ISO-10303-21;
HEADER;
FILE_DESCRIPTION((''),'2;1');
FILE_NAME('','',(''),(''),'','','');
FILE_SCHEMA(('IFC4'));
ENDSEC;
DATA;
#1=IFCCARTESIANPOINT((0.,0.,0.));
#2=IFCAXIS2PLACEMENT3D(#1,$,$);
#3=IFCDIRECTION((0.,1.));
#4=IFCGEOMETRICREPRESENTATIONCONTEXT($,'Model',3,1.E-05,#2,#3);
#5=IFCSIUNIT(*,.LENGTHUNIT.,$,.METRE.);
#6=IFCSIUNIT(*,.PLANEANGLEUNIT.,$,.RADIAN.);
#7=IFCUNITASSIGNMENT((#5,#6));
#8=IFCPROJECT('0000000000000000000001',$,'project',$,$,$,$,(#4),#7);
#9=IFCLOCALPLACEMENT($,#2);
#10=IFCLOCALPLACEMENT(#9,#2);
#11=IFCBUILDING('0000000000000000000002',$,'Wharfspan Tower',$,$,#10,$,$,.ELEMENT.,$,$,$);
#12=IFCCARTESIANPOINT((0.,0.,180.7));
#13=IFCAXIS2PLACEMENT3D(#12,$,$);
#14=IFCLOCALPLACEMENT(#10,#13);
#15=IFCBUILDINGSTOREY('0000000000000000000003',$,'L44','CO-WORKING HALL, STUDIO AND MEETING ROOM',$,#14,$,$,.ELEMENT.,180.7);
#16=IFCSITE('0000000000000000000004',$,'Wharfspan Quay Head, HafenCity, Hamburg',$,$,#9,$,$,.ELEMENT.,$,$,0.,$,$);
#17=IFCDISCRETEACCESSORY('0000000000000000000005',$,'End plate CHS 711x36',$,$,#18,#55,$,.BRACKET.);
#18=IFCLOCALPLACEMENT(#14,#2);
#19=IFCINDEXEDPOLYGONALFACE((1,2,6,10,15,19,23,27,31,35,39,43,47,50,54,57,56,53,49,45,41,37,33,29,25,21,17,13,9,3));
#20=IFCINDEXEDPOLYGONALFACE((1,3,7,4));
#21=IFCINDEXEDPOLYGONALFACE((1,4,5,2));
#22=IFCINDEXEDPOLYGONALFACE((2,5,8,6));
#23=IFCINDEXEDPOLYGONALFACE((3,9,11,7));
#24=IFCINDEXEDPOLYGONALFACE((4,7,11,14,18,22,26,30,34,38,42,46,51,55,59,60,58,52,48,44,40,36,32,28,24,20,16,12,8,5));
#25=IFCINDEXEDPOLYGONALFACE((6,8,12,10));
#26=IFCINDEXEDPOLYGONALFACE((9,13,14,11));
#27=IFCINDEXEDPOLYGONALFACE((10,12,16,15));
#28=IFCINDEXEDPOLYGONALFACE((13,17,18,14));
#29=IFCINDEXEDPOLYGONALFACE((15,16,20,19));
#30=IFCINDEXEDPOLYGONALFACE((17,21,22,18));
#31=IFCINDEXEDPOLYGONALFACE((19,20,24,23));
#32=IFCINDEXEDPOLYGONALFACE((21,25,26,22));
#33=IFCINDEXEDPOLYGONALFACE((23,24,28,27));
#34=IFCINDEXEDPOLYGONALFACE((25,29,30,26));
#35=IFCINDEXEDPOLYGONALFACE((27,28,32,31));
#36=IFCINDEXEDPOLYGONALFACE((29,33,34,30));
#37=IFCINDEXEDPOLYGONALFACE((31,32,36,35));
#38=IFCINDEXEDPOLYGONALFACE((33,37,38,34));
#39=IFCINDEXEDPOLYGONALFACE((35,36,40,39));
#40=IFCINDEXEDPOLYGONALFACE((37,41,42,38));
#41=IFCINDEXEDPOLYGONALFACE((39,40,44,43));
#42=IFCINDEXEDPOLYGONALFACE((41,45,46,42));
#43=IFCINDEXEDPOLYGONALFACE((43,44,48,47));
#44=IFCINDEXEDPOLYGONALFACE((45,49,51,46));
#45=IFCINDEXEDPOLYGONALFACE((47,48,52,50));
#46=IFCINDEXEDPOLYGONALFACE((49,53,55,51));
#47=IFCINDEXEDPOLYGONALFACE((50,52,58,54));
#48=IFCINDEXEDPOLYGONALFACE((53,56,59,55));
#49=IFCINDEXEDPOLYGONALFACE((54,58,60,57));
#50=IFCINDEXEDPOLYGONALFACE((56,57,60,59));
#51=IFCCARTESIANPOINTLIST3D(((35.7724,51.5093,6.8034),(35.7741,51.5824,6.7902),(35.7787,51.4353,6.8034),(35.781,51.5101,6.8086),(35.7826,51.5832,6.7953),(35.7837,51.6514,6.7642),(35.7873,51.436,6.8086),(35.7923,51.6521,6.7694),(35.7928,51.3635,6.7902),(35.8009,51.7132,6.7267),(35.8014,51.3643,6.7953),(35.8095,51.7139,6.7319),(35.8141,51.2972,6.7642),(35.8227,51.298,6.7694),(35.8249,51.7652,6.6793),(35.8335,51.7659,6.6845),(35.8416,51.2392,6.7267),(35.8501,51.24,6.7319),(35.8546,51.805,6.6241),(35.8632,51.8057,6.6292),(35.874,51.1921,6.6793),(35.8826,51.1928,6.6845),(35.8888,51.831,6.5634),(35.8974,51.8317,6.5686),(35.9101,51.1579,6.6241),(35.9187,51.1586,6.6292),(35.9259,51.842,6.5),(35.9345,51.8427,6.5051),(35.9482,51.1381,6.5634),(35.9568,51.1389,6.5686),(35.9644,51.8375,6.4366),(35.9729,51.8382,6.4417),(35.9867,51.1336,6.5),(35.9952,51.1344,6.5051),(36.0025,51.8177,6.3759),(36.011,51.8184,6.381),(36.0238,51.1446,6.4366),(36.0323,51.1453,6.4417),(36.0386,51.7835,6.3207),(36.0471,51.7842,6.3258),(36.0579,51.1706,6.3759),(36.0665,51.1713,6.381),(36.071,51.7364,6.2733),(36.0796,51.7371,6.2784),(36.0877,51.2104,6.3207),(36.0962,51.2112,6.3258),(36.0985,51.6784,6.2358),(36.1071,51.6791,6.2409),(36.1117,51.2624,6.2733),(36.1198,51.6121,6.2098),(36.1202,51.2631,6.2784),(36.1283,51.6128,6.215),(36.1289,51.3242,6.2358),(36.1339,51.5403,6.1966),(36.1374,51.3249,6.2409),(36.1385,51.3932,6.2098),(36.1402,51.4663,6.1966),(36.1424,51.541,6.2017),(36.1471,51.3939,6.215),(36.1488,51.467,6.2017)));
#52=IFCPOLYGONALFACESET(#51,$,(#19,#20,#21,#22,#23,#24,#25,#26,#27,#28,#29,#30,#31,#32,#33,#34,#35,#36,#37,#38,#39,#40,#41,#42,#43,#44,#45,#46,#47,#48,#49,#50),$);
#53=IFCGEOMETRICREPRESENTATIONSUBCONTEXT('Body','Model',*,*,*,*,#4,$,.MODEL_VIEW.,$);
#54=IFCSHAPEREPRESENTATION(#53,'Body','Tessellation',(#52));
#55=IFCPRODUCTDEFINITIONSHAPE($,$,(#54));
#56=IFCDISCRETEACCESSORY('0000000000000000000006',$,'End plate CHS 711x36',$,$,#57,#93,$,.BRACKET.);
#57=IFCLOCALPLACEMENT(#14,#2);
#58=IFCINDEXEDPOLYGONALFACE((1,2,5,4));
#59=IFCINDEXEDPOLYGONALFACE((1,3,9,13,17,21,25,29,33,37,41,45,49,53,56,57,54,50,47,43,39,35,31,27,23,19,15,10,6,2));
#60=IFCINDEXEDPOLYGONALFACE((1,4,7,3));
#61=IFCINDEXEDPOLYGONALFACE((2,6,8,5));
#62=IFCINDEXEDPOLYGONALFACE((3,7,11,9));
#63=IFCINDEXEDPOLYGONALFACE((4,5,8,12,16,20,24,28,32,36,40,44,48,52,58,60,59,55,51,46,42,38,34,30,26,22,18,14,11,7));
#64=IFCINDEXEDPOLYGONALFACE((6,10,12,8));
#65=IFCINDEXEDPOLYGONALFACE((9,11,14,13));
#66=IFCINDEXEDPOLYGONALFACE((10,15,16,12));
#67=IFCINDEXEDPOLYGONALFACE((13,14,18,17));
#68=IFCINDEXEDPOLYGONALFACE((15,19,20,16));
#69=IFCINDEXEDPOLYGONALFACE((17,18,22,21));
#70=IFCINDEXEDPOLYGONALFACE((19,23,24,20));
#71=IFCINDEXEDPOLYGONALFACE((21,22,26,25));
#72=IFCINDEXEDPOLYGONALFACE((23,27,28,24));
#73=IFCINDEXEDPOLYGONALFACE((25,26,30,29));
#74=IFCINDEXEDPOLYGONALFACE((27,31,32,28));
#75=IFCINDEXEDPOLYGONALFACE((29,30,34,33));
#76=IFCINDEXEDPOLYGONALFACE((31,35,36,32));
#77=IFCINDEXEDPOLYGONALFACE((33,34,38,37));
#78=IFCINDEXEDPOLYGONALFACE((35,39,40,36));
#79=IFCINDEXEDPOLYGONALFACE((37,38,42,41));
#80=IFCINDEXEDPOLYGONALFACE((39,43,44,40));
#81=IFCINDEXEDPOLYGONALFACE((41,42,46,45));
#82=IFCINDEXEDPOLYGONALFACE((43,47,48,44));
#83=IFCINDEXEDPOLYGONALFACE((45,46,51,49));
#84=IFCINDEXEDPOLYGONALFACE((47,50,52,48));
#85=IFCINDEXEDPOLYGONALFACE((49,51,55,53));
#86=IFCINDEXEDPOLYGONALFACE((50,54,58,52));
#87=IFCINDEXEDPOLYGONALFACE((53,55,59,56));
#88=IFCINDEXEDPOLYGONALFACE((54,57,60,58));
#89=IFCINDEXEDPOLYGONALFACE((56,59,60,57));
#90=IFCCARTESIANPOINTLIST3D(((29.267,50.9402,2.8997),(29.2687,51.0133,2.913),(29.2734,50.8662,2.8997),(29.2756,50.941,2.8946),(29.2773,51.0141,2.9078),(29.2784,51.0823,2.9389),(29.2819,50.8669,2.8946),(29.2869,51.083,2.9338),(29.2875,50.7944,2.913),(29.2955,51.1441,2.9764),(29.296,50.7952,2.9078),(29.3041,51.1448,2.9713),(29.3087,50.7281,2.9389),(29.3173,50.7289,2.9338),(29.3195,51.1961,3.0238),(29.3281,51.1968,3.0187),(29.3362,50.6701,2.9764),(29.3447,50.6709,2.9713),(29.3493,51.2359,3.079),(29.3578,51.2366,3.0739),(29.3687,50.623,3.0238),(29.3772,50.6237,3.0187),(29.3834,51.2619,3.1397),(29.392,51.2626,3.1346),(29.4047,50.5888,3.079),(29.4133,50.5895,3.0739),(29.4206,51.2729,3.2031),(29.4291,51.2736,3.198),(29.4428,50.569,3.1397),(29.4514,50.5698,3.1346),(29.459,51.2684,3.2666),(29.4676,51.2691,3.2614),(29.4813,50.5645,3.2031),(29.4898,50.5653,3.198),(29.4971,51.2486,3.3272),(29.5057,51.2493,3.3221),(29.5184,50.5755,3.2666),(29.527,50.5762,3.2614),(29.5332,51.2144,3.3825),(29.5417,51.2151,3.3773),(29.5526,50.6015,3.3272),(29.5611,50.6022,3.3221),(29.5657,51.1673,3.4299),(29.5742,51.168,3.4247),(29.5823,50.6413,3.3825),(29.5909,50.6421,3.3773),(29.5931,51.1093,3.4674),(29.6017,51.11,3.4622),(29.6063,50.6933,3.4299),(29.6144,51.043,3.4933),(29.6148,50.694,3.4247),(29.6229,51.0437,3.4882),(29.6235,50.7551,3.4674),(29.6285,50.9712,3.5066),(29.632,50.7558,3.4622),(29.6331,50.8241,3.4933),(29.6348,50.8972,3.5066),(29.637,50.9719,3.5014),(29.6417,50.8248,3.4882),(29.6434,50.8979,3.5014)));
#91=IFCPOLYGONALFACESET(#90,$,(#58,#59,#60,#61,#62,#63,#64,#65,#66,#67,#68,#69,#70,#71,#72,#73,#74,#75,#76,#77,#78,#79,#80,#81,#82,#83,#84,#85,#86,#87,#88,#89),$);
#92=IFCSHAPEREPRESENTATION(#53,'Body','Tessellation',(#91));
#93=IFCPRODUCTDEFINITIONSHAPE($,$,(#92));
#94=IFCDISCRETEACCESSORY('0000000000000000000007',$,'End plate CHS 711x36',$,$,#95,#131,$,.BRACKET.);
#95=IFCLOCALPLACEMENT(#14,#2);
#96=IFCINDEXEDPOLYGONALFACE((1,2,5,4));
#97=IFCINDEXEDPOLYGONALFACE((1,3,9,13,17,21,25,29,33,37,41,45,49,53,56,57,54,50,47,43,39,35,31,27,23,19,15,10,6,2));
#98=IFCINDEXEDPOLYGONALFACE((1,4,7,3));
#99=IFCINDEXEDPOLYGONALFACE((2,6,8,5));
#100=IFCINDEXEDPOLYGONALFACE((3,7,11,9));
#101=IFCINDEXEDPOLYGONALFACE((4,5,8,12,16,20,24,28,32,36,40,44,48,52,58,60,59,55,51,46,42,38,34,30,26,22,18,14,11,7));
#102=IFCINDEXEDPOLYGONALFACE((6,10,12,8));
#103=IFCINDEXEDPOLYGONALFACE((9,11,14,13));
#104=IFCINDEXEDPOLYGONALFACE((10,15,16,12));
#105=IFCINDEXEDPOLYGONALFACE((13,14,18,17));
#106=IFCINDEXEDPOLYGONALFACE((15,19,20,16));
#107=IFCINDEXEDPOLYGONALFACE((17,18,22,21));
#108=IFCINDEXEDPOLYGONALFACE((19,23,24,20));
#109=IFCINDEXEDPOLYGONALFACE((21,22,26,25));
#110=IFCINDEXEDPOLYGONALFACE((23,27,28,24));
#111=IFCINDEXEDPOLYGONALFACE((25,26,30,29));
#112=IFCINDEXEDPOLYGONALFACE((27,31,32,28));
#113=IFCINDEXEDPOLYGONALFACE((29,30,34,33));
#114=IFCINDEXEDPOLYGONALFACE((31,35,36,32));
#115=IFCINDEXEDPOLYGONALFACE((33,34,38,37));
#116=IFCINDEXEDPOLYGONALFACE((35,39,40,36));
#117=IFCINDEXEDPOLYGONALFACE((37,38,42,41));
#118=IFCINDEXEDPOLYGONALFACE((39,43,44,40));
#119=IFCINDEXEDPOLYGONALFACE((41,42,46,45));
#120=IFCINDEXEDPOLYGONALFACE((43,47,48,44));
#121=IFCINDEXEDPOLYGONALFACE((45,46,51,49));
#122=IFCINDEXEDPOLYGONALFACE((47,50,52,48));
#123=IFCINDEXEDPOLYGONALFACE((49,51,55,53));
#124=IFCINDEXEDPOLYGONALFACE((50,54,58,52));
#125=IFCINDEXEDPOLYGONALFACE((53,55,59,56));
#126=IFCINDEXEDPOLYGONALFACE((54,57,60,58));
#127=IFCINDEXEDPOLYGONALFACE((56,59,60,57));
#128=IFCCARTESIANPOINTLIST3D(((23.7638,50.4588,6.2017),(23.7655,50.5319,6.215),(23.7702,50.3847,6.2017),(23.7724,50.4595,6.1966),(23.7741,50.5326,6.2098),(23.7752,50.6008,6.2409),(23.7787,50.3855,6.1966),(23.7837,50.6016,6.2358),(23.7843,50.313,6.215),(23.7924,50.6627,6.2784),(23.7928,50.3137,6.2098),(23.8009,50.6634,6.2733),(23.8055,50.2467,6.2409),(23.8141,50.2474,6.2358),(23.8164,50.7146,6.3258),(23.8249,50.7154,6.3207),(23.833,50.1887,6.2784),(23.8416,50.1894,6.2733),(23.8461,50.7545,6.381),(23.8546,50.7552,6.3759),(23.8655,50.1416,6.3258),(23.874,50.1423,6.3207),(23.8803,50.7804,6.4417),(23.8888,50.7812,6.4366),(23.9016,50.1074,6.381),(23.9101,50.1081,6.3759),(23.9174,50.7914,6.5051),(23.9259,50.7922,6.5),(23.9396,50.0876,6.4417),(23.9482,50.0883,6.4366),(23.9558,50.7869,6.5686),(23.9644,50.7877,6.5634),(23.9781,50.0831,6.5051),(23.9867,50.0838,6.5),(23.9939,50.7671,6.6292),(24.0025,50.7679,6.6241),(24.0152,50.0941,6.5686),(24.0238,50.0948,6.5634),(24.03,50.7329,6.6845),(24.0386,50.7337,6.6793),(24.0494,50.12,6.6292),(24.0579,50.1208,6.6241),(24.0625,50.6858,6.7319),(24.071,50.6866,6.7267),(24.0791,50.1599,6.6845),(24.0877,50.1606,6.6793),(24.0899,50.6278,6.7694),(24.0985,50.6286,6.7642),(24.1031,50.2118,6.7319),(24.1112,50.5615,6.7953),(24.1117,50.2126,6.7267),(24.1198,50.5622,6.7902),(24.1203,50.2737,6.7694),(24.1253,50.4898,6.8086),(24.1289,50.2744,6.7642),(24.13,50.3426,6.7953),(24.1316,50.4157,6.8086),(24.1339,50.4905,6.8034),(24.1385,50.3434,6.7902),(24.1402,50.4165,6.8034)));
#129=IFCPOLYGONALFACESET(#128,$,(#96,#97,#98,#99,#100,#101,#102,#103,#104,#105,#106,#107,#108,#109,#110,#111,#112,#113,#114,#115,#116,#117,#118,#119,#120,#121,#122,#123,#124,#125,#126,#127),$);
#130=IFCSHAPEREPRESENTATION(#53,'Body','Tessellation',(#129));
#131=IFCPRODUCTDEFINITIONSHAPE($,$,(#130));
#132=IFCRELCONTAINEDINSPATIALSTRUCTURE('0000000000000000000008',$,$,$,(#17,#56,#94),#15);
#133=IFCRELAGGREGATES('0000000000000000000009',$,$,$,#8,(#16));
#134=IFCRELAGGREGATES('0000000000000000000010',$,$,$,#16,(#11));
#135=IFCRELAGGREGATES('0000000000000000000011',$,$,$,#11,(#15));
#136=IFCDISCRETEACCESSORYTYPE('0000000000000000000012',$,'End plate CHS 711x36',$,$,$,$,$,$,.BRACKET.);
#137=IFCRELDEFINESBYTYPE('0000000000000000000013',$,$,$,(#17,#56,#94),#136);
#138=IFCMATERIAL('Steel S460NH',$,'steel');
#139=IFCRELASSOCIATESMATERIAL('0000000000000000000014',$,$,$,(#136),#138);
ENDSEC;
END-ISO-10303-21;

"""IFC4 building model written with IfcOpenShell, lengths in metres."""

from ifc_helpers import new_model, si_unit, direction, frame, origin, origin_2d, place, context, subcontext, project, spatial, circle, extrude, material, material_profile, profile_set, type_object, element, save


model = new_model("IFC4")

# Units and contexts
model_context = context("Model", 3, precision=1e-05, world=origin(), true_north=direction((0.0, 1.0)))
body_context = subcontext(model_context, "Body", "Model", "MODEL_VIEW")
ifc_project = project(units=[si_unit("LENGTHUNIT", "METRE"), si_unit("PLANEANGLEUNIT", "RADIAN")], contexts=[model_context])

# Site, building, storey
site_placement = place(None, origin())
site = spatial("IfcSite", under=ifc_project, at=site_placement, Name="Wharfspan Quay Head, HafenCity, Hamburg", CompositionType="ELEMENT", RefElevation=0.0)
building_placement = place(site_placement, origin())
building = spatial("IfcBuilding", under=site, at=building_placement, Name="Wharfspan Tower", CompositionType="ELEMENT")
storey_placement = place(building_placement, frame((0.0, 0.0, 180.7)))
storey = spatial("IfcBuildingStorey", under=building, at=storey_placement, Name="L44", Description="CO-WORKING HALL, STUDIO AND MEETING ROOM", CompositionType="ELEMENT", Elevation=180.7)

# Shared definitions
ifc_material_1 = material(Name="Steel S460NH", Category="steel")

# Discrete accessories
ifc_material_profile_1 = material_profile(ifc_material_1, circle(Radius=0.3555, at=origin_2d()))
ifc_profile_set_1 = profile_set([ifc_material_profile_1], Name="Steel S460NH")
discrete_accessory_type = type_object("IfcDiscreteAccessoryType", Name="End plate CHS 711x36", PredefinedType="BRACKET", material=ifc_profile_set_1)
for number, where, z_axis, x_axis, name in (
    (1, (35.9563, 51.4878, 6.5), (0.855186, 0.073302, 0.513112), (-0.085402, 0.996345, 0.000001), "End plate CHS 711x36"),
    (2, (29.4595, 50.9194, 3.198), (-0.855186, -0.073302, 0.513112), (0.085402, -0.996345, 0.000001), "End plate CHS 711x36"),
    (3, (23.9563, 50.438, 6.5), (-0.855186, -0.073302, 0.513112), (0.085402, -0.996345, 0.000001), "End plate CHS 711x36"),
):
    element("IfcDiscreteAccessory", number, at=place(storey_placement, frame(where, z_axis=z_axis, x_axis=x_axis)), inside=storey, type_object=discrete_accessory_type, Name=name, PredefinedType="BRACKET", context=body_context, shape_type="SweptSolid", body=[
        extrude(circle(Radius=0.3555, at=origin_2d()), origin(), (0.0, 0.0, 1.0), 0.01),
    ])

save(model, "model.ifc")
